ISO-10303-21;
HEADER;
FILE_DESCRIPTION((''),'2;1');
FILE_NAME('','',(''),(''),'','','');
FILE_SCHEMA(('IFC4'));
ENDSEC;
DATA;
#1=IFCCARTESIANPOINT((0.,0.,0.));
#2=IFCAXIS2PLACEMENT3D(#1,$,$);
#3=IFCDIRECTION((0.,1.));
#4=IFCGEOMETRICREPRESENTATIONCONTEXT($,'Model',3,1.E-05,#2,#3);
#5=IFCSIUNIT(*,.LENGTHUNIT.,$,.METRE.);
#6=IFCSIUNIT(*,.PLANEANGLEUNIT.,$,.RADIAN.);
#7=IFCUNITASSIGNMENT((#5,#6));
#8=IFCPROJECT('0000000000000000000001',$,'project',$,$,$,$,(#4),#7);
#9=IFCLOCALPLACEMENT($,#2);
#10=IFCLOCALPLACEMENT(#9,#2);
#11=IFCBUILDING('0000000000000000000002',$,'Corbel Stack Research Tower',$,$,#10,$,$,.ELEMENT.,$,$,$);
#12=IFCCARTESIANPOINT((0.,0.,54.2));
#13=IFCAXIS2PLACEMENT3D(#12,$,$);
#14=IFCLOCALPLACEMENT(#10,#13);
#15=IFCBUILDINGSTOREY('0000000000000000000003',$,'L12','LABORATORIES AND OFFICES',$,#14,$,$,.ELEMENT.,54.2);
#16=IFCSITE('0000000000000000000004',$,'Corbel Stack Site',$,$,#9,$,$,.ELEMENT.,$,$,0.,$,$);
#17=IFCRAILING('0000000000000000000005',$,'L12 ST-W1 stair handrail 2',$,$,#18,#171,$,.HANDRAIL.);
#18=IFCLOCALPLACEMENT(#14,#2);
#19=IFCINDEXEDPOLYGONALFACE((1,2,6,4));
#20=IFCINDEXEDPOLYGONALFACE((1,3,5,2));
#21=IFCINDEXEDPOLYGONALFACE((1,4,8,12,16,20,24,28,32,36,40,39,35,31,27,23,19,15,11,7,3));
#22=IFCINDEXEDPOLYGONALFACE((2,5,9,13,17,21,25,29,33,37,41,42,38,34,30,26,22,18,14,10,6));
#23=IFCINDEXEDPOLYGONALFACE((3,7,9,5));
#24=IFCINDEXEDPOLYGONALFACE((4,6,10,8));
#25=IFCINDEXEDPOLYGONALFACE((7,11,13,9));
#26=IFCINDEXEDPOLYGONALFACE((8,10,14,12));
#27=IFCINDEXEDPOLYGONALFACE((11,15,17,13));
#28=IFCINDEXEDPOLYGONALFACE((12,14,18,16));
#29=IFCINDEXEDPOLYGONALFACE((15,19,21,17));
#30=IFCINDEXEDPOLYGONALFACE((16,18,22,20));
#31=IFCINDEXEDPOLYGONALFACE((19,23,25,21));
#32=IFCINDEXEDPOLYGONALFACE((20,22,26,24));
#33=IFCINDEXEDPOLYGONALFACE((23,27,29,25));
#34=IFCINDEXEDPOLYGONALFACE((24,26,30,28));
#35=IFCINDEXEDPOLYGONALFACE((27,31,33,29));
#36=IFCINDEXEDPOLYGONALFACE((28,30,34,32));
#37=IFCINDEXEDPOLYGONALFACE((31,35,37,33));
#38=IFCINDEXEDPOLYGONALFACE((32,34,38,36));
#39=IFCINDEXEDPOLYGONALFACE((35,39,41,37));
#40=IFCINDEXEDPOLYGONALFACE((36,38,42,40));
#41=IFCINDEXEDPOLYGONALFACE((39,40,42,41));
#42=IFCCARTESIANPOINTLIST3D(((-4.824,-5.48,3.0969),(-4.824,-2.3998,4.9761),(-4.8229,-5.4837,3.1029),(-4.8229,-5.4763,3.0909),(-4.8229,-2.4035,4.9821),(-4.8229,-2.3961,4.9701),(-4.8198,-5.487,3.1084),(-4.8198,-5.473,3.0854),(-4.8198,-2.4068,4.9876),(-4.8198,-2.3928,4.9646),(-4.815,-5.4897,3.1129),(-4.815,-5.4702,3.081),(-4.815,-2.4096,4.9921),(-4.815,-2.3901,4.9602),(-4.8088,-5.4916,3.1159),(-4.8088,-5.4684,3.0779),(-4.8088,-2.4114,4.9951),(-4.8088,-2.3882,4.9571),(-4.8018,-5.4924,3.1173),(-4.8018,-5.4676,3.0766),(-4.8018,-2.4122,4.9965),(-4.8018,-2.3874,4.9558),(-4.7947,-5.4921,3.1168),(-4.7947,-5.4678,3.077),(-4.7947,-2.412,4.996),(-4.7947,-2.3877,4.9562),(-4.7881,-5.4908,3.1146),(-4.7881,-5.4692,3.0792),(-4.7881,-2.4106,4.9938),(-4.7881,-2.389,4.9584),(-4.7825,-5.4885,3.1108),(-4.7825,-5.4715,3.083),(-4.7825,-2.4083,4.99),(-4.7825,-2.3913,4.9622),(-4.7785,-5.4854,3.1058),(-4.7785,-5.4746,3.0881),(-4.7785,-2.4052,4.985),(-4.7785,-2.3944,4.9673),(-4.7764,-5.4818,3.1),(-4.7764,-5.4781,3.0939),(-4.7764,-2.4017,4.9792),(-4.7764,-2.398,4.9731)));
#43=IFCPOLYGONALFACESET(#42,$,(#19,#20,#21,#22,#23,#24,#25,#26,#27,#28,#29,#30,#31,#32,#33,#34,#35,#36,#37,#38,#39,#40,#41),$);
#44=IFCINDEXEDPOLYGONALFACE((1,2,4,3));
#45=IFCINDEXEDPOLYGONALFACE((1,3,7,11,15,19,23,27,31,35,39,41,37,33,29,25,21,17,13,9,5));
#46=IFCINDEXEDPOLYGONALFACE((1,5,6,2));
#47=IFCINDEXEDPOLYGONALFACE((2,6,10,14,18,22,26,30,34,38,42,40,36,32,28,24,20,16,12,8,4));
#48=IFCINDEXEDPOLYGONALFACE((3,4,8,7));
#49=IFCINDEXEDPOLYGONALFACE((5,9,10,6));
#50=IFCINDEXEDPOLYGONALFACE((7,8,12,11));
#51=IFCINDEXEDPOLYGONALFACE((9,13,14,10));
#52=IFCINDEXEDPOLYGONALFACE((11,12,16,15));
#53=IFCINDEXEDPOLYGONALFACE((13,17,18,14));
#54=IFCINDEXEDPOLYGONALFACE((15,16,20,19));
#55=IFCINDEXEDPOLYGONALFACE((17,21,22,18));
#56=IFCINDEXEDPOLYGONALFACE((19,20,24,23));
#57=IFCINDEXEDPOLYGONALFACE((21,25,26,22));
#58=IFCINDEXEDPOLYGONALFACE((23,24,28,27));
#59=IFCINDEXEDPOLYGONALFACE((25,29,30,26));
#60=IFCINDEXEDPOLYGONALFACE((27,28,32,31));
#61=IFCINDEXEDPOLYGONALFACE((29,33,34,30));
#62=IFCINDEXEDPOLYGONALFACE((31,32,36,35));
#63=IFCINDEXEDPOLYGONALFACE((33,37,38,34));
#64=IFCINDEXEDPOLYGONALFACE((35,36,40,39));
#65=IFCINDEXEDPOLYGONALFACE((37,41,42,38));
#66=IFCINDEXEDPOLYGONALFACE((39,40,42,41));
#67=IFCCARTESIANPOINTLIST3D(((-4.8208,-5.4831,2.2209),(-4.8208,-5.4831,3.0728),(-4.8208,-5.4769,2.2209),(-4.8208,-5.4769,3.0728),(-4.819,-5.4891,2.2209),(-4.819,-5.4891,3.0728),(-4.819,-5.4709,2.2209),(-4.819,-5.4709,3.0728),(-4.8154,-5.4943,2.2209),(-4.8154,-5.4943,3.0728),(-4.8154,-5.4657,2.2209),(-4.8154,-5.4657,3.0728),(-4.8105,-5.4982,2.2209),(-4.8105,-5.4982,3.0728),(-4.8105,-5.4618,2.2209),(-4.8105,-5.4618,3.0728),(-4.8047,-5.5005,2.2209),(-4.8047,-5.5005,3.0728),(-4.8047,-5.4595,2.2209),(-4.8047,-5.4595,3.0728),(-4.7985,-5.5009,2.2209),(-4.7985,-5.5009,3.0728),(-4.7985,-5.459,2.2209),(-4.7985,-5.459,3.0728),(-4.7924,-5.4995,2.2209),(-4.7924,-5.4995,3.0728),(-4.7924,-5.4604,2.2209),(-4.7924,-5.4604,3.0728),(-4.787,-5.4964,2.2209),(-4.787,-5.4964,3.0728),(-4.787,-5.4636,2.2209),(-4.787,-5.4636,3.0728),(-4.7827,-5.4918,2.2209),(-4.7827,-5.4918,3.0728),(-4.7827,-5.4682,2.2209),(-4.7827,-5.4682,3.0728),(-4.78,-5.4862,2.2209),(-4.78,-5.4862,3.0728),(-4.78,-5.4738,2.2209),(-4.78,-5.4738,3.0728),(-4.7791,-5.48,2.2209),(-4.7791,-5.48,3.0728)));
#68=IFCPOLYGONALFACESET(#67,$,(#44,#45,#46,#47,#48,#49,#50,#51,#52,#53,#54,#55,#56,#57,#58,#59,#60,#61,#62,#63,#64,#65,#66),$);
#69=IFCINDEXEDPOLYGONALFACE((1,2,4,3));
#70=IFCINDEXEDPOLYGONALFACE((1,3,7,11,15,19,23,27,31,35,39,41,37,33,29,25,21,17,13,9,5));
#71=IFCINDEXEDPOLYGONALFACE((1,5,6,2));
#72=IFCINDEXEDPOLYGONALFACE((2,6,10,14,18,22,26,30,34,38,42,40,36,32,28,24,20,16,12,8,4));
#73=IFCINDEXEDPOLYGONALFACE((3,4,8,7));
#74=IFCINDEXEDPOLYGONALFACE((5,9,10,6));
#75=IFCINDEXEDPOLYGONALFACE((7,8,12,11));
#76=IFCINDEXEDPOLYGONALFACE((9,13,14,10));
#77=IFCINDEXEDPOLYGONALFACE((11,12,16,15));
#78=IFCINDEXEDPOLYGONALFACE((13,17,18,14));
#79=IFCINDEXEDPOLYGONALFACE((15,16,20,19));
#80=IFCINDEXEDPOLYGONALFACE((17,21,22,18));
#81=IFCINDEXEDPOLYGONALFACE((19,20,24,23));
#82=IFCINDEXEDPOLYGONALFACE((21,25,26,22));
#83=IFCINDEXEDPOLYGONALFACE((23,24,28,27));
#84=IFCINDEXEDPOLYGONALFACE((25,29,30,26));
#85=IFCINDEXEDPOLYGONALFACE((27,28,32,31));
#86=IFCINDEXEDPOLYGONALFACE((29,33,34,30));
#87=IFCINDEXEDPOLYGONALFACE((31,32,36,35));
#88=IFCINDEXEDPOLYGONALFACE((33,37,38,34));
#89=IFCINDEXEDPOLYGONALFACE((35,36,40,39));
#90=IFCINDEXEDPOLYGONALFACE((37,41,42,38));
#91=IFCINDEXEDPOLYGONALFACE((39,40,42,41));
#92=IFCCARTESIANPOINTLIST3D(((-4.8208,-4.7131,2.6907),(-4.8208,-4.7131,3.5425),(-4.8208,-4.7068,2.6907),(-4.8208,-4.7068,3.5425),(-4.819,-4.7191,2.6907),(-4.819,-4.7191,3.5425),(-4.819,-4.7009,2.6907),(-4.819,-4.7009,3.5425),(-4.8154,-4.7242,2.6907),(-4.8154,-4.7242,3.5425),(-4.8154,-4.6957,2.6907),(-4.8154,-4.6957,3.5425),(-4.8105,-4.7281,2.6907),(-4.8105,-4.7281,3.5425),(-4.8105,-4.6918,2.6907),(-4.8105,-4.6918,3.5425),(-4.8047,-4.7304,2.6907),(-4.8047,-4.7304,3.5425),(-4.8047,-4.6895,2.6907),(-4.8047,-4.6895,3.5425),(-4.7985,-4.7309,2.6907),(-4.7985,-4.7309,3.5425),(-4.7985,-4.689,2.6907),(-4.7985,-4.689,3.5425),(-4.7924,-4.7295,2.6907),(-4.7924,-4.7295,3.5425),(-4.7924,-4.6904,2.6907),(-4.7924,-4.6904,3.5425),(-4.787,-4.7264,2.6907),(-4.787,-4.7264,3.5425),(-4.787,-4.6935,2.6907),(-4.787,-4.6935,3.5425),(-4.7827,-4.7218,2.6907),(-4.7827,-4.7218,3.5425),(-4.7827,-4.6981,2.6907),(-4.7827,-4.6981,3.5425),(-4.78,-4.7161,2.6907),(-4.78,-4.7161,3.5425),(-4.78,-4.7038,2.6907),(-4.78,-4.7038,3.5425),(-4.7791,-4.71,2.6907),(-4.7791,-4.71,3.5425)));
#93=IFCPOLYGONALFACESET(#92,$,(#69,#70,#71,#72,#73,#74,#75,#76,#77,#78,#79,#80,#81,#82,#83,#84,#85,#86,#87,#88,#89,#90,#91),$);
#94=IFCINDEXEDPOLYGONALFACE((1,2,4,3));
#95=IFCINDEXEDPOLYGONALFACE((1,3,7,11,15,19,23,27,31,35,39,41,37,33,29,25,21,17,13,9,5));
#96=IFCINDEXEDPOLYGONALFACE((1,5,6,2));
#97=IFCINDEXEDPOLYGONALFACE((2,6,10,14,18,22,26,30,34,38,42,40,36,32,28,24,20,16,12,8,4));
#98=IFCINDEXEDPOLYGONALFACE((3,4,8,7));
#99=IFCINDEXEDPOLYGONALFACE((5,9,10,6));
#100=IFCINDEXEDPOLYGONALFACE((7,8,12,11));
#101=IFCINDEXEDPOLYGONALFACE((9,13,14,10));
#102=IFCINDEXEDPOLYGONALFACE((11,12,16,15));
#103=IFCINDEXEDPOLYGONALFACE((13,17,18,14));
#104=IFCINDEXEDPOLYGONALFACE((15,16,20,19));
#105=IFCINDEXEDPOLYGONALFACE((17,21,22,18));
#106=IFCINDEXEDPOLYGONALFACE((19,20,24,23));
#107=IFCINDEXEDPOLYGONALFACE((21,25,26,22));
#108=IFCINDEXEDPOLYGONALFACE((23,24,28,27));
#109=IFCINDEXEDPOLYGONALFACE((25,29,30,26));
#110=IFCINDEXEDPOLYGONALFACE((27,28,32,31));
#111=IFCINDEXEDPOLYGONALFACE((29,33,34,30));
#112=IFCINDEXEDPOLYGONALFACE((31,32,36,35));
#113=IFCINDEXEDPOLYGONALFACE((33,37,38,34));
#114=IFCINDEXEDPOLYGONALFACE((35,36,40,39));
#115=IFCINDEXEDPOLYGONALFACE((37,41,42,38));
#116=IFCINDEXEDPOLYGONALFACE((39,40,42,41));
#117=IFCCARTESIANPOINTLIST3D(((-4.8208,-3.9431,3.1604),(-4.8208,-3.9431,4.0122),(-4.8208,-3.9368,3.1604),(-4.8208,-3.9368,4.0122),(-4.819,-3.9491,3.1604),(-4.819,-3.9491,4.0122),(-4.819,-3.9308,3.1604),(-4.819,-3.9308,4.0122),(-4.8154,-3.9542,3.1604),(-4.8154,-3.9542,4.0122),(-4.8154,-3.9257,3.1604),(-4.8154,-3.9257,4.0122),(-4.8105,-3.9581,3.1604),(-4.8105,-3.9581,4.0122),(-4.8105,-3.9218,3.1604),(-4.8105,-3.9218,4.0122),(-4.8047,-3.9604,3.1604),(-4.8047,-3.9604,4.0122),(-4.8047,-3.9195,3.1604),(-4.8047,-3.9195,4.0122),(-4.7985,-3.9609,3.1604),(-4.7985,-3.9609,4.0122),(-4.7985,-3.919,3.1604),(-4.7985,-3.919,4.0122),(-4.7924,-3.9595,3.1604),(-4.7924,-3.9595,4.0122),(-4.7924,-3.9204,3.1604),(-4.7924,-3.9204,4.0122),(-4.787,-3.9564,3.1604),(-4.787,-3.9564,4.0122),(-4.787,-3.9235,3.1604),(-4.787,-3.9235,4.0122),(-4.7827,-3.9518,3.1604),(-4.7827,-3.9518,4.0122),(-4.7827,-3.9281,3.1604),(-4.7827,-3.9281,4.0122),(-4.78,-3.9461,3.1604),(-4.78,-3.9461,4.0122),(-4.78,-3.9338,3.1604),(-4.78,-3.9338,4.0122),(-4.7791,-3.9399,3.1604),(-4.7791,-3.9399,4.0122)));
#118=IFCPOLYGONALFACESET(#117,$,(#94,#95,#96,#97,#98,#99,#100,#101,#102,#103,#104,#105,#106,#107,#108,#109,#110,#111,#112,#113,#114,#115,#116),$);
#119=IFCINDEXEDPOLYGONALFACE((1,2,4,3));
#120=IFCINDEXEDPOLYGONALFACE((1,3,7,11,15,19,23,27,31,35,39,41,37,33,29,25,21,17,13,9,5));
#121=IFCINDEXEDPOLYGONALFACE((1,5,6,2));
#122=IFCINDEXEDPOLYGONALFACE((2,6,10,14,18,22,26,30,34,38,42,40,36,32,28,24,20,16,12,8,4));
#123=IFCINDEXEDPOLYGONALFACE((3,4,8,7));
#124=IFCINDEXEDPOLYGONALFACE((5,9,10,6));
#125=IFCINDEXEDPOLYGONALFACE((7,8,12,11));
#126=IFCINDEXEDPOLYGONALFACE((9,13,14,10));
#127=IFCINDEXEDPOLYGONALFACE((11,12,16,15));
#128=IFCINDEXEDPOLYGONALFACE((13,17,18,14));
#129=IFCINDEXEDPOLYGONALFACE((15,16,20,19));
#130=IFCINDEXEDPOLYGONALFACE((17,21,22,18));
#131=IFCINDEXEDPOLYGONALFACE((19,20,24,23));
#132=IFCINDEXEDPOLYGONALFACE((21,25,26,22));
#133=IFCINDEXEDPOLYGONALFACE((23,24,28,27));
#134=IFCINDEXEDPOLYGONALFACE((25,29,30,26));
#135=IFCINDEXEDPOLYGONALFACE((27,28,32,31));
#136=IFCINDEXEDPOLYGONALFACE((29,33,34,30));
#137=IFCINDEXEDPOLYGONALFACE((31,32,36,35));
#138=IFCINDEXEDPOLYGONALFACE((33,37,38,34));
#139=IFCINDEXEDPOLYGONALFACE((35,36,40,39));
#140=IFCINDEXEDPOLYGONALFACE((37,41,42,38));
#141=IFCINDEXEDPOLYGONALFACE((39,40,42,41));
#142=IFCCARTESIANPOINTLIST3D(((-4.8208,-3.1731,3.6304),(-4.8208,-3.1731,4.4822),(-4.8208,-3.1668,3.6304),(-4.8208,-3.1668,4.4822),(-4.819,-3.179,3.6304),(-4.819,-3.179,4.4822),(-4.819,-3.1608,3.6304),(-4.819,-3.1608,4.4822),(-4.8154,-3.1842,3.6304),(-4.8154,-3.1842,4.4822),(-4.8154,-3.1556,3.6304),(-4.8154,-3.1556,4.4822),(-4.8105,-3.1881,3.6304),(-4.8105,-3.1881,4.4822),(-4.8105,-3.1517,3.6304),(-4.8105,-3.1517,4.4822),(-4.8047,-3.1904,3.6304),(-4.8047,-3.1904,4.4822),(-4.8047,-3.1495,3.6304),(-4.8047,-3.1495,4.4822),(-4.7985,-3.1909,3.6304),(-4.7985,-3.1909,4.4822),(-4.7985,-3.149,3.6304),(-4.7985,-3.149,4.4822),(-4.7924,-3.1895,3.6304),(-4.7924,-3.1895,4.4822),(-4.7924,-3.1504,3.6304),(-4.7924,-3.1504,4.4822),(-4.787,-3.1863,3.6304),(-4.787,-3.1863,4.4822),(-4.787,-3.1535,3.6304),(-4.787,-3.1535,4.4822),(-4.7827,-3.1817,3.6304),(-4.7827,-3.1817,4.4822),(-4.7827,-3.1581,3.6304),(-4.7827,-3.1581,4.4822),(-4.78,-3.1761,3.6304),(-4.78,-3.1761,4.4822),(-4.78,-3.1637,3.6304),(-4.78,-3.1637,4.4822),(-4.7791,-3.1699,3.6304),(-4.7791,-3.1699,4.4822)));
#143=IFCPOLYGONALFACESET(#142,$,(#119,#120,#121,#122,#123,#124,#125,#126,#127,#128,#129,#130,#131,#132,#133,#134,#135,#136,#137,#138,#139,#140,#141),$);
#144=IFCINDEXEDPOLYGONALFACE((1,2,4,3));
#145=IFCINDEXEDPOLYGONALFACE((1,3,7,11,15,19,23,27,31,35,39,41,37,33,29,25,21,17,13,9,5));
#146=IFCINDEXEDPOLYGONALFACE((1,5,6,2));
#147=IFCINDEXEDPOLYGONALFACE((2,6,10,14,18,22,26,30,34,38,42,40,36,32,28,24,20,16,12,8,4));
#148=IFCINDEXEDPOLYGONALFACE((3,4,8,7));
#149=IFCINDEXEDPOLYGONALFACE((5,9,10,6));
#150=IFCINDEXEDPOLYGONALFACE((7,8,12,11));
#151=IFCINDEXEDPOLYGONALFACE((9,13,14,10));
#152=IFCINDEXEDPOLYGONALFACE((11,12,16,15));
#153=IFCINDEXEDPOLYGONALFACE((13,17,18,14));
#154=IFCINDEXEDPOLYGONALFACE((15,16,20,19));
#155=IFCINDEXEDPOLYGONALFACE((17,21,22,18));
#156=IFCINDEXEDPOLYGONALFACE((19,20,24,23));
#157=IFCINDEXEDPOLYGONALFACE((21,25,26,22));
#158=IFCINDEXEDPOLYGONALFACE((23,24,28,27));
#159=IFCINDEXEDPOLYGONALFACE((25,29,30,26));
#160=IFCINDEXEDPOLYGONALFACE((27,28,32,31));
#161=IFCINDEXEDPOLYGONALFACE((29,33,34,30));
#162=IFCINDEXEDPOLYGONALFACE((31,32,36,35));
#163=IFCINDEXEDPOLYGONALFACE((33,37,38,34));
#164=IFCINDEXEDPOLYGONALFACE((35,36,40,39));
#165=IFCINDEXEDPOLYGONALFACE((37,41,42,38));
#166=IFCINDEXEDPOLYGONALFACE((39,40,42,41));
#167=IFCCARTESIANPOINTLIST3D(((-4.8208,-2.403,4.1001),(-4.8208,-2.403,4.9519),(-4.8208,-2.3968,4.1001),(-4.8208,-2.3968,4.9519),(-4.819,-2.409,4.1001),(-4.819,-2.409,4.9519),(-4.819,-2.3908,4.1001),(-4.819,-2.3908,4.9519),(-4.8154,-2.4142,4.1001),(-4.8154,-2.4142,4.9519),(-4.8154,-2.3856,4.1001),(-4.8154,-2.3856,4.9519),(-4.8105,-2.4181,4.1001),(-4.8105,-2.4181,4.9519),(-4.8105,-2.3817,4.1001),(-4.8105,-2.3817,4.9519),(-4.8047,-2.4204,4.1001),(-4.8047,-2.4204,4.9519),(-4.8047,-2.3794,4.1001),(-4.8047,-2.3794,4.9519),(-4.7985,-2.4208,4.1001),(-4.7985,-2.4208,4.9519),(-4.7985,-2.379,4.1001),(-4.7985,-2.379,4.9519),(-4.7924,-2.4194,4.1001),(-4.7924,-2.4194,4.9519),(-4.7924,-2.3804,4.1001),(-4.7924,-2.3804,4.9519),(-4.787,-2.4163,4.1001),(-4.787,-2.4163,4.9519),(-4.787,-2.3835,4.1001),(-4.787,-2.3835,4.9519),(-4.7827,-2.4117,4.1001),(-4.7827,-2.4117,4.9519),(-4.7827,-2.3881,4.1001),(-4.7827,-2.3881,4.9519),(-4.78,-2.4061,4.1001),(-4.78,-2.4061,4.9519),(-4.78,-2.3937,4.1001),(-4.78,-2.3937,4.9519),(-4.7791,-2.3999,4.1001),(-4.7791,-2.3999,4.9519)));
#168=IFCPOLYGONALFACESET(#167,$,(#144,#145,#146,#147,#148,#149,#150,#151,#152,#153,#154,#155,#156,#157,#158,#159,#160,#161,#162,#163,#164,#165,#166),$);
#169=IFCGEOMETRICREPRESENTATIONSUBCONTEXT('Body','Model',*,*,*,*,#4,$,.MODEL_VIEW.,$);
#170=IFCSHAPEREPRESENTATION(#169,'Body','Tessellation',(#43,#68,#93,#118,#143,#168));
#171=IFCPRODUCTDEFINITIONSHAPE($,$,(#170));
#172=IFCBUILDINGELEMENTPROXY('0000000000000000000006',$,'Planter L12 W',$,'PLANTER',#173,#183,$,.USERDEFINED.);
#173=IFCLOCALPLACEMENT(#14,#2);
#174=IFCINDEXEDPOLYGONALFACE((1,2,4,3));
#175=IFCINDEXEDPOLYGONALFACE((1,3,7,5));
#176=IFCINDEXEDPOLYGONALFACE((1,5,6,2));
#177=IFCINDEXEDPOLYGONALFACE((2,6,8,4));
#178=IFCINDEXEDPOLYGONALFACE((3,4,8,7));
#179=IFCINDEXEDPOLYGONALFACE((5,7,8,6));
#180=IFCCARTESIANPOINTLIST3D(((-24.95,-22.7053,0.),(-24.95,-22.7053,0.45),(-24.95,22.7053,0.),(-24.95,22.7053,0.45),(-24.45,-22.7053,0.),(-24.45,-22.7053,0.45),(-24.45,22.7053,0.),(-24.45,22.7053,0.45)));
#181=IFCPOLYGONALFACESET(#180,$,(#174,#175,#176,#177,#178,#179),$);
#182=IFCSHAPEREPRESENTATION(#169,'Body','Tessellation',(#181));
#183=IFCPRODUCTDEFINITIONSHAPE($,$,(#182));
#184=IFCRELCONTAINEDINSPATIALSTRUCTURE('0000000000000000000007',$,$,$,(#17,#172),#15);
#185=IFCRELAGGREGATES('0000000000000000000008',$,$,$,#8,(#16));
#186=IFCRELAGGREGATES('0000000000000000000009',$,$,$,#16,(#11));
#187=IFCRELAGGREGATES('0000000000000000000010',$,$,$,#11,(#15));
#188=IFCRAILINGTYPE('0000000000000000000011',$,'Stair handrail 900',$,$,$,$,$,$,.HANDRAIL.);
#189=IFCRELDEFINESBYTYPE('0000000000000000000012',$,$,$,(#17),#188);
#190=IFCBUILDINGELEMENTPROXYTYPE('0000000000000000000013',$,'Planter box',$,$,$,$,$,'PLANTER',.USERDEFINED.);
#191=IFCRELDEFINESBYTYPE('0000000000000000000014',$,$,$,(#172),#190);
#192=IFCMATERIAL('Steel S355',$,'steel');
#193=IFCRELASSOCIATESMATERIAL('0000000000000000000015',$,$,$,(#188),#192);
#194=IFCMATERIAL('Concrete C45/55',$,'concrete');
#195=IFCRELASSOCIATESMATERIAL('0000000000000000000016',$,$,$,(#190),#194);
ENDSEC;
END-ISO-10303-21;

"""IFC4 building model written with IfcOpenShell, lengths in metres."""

from ifc_helpers import new_model, si_unit, direction, frame, origin, origin_2d, place, context, subcontext, project, spatial, rectangle, circle, extrude, material, type_object, element, save


model = new_model("IFC4")

# Units and contexts
model_context = context("Model", 3, precision=1e-05, world=origin(), true_north=direction((0.0, 1.0)))
body_context = subcontext(model_context, "Body", "Model", "MODEL_VIEW")
ifc_project = project(units=[si_unit("LENGTHUNIT", "METRE"), si_unit("PLANEANGLEUNIT", "RADIAN")], contexts=[model_context])

# Site, building, storey
site_placement = place(None, origin())
site = spatial("IfcSite", under=ifc_project, at=site_placement, Name="Corbel Stack Site", CompositionType="ELEMENT", RefElevation=0.0)
building_placement = place(site_placement, origin())
building = spatial("IfcBuilding", under=site, at=building_placement, Name="Corbel Stack Research Tower", CompositionType="ELEMENT")
storey_placement = place(building_placement, frame((0.0, 0.0, 54.2)))
storey = spatial("IfcBuildingStorey", under=building, at=storey_placement, Name="L12", Description="LABORATORIES AND OFFICES", CompositionType="ELEMENT", Elevation=54.2)

# Railing
ifc_material_1 = material(Name="Steel S355", Category="steel")
railing_type_1 = type_object("IfcRailingType", Name="Stair handrail 900", PredefinedType="HANDRAIL", material=ifc_material_1)
railing_1_placement = place(storey_placement, frame((-4.8, -5.48, 2.2209)))
element("IfcRailing", 1, at=railing_1_placement, inside=storey, type_object=railing_type_1, Name="L12 ST-W1 stair handrail 2", PredefinedType="HANDRAIL", context=body_context, shape_type="SweptSolid", body=[
    extrude(circle(Radius=0.0239, at=origin_2d()), frame((0.0, 0.0, 0.876), z_axis=(0.0, 0.853666, 0.52082), x_axis=(-1.0, 0.0, 0.0)), (0.0, 0.0, 1.0), 3.6082),
    extrude(circle(Radius=0.021, at=origin_2d()), origin(), (0.0, 0.0, 1.0), 0.8518),
    extrude(circle(Radius=0.021, at=origin_2d()), frame((0.0, 0.77, 0.4697)), (0.0, 0.0, 1.0), 0.8518),
    extrude(circle(Radius=0.021, at=origin_2d()), frame((0.0, 1.54, 0.9395)), (0.0, 0.0, 1.0), 0.8518),
    extrude(circle(Radius=0.021, at=origin_2d()), frame((0.0, 2.3101, 1.4094)), (0.0, 0.0, 1.0), 0.8518),
    extrude(circle(Radius=0.021, at=origin_2d()), frame((0.0, 3.0801, 1.8792)), (0.0, 0.0, 1.0), 0.8518),
])

# Building element proxy
ifc_material_2 = material(Name="Concrete C45/55", Category="concrete")
building_element_proxy_type = type_object("IfcBuildingElementProxyType", Name="Planter box", ElementType="PLANTER", PredefinedType="USERDEFINED", material=ifc_material_2)
proxy_placement = place(storey_placement, frame((-24.7, 0.0, 0.0), z_axis=(0.0, 0.0, 1.0), x_axis=(0.0, -1.0, 0.0)))
element("IfcBuildingElementProxy", 2, at=proxy_placement, inside=storey, type_object=building_element_proxy_type, Name="Planter L12 W", ObjectType="PLANTER", PredefinedType="USERDEFINED", context=body_context, shape_type="SweptSolid", body=[
    extrude(rectangle(XDim=45.4106, YDim=0.5, at=origin_2d()), origin(), (0.0, 0.0, 1.0), 0.45),
])

save(model, "model.ifc")
